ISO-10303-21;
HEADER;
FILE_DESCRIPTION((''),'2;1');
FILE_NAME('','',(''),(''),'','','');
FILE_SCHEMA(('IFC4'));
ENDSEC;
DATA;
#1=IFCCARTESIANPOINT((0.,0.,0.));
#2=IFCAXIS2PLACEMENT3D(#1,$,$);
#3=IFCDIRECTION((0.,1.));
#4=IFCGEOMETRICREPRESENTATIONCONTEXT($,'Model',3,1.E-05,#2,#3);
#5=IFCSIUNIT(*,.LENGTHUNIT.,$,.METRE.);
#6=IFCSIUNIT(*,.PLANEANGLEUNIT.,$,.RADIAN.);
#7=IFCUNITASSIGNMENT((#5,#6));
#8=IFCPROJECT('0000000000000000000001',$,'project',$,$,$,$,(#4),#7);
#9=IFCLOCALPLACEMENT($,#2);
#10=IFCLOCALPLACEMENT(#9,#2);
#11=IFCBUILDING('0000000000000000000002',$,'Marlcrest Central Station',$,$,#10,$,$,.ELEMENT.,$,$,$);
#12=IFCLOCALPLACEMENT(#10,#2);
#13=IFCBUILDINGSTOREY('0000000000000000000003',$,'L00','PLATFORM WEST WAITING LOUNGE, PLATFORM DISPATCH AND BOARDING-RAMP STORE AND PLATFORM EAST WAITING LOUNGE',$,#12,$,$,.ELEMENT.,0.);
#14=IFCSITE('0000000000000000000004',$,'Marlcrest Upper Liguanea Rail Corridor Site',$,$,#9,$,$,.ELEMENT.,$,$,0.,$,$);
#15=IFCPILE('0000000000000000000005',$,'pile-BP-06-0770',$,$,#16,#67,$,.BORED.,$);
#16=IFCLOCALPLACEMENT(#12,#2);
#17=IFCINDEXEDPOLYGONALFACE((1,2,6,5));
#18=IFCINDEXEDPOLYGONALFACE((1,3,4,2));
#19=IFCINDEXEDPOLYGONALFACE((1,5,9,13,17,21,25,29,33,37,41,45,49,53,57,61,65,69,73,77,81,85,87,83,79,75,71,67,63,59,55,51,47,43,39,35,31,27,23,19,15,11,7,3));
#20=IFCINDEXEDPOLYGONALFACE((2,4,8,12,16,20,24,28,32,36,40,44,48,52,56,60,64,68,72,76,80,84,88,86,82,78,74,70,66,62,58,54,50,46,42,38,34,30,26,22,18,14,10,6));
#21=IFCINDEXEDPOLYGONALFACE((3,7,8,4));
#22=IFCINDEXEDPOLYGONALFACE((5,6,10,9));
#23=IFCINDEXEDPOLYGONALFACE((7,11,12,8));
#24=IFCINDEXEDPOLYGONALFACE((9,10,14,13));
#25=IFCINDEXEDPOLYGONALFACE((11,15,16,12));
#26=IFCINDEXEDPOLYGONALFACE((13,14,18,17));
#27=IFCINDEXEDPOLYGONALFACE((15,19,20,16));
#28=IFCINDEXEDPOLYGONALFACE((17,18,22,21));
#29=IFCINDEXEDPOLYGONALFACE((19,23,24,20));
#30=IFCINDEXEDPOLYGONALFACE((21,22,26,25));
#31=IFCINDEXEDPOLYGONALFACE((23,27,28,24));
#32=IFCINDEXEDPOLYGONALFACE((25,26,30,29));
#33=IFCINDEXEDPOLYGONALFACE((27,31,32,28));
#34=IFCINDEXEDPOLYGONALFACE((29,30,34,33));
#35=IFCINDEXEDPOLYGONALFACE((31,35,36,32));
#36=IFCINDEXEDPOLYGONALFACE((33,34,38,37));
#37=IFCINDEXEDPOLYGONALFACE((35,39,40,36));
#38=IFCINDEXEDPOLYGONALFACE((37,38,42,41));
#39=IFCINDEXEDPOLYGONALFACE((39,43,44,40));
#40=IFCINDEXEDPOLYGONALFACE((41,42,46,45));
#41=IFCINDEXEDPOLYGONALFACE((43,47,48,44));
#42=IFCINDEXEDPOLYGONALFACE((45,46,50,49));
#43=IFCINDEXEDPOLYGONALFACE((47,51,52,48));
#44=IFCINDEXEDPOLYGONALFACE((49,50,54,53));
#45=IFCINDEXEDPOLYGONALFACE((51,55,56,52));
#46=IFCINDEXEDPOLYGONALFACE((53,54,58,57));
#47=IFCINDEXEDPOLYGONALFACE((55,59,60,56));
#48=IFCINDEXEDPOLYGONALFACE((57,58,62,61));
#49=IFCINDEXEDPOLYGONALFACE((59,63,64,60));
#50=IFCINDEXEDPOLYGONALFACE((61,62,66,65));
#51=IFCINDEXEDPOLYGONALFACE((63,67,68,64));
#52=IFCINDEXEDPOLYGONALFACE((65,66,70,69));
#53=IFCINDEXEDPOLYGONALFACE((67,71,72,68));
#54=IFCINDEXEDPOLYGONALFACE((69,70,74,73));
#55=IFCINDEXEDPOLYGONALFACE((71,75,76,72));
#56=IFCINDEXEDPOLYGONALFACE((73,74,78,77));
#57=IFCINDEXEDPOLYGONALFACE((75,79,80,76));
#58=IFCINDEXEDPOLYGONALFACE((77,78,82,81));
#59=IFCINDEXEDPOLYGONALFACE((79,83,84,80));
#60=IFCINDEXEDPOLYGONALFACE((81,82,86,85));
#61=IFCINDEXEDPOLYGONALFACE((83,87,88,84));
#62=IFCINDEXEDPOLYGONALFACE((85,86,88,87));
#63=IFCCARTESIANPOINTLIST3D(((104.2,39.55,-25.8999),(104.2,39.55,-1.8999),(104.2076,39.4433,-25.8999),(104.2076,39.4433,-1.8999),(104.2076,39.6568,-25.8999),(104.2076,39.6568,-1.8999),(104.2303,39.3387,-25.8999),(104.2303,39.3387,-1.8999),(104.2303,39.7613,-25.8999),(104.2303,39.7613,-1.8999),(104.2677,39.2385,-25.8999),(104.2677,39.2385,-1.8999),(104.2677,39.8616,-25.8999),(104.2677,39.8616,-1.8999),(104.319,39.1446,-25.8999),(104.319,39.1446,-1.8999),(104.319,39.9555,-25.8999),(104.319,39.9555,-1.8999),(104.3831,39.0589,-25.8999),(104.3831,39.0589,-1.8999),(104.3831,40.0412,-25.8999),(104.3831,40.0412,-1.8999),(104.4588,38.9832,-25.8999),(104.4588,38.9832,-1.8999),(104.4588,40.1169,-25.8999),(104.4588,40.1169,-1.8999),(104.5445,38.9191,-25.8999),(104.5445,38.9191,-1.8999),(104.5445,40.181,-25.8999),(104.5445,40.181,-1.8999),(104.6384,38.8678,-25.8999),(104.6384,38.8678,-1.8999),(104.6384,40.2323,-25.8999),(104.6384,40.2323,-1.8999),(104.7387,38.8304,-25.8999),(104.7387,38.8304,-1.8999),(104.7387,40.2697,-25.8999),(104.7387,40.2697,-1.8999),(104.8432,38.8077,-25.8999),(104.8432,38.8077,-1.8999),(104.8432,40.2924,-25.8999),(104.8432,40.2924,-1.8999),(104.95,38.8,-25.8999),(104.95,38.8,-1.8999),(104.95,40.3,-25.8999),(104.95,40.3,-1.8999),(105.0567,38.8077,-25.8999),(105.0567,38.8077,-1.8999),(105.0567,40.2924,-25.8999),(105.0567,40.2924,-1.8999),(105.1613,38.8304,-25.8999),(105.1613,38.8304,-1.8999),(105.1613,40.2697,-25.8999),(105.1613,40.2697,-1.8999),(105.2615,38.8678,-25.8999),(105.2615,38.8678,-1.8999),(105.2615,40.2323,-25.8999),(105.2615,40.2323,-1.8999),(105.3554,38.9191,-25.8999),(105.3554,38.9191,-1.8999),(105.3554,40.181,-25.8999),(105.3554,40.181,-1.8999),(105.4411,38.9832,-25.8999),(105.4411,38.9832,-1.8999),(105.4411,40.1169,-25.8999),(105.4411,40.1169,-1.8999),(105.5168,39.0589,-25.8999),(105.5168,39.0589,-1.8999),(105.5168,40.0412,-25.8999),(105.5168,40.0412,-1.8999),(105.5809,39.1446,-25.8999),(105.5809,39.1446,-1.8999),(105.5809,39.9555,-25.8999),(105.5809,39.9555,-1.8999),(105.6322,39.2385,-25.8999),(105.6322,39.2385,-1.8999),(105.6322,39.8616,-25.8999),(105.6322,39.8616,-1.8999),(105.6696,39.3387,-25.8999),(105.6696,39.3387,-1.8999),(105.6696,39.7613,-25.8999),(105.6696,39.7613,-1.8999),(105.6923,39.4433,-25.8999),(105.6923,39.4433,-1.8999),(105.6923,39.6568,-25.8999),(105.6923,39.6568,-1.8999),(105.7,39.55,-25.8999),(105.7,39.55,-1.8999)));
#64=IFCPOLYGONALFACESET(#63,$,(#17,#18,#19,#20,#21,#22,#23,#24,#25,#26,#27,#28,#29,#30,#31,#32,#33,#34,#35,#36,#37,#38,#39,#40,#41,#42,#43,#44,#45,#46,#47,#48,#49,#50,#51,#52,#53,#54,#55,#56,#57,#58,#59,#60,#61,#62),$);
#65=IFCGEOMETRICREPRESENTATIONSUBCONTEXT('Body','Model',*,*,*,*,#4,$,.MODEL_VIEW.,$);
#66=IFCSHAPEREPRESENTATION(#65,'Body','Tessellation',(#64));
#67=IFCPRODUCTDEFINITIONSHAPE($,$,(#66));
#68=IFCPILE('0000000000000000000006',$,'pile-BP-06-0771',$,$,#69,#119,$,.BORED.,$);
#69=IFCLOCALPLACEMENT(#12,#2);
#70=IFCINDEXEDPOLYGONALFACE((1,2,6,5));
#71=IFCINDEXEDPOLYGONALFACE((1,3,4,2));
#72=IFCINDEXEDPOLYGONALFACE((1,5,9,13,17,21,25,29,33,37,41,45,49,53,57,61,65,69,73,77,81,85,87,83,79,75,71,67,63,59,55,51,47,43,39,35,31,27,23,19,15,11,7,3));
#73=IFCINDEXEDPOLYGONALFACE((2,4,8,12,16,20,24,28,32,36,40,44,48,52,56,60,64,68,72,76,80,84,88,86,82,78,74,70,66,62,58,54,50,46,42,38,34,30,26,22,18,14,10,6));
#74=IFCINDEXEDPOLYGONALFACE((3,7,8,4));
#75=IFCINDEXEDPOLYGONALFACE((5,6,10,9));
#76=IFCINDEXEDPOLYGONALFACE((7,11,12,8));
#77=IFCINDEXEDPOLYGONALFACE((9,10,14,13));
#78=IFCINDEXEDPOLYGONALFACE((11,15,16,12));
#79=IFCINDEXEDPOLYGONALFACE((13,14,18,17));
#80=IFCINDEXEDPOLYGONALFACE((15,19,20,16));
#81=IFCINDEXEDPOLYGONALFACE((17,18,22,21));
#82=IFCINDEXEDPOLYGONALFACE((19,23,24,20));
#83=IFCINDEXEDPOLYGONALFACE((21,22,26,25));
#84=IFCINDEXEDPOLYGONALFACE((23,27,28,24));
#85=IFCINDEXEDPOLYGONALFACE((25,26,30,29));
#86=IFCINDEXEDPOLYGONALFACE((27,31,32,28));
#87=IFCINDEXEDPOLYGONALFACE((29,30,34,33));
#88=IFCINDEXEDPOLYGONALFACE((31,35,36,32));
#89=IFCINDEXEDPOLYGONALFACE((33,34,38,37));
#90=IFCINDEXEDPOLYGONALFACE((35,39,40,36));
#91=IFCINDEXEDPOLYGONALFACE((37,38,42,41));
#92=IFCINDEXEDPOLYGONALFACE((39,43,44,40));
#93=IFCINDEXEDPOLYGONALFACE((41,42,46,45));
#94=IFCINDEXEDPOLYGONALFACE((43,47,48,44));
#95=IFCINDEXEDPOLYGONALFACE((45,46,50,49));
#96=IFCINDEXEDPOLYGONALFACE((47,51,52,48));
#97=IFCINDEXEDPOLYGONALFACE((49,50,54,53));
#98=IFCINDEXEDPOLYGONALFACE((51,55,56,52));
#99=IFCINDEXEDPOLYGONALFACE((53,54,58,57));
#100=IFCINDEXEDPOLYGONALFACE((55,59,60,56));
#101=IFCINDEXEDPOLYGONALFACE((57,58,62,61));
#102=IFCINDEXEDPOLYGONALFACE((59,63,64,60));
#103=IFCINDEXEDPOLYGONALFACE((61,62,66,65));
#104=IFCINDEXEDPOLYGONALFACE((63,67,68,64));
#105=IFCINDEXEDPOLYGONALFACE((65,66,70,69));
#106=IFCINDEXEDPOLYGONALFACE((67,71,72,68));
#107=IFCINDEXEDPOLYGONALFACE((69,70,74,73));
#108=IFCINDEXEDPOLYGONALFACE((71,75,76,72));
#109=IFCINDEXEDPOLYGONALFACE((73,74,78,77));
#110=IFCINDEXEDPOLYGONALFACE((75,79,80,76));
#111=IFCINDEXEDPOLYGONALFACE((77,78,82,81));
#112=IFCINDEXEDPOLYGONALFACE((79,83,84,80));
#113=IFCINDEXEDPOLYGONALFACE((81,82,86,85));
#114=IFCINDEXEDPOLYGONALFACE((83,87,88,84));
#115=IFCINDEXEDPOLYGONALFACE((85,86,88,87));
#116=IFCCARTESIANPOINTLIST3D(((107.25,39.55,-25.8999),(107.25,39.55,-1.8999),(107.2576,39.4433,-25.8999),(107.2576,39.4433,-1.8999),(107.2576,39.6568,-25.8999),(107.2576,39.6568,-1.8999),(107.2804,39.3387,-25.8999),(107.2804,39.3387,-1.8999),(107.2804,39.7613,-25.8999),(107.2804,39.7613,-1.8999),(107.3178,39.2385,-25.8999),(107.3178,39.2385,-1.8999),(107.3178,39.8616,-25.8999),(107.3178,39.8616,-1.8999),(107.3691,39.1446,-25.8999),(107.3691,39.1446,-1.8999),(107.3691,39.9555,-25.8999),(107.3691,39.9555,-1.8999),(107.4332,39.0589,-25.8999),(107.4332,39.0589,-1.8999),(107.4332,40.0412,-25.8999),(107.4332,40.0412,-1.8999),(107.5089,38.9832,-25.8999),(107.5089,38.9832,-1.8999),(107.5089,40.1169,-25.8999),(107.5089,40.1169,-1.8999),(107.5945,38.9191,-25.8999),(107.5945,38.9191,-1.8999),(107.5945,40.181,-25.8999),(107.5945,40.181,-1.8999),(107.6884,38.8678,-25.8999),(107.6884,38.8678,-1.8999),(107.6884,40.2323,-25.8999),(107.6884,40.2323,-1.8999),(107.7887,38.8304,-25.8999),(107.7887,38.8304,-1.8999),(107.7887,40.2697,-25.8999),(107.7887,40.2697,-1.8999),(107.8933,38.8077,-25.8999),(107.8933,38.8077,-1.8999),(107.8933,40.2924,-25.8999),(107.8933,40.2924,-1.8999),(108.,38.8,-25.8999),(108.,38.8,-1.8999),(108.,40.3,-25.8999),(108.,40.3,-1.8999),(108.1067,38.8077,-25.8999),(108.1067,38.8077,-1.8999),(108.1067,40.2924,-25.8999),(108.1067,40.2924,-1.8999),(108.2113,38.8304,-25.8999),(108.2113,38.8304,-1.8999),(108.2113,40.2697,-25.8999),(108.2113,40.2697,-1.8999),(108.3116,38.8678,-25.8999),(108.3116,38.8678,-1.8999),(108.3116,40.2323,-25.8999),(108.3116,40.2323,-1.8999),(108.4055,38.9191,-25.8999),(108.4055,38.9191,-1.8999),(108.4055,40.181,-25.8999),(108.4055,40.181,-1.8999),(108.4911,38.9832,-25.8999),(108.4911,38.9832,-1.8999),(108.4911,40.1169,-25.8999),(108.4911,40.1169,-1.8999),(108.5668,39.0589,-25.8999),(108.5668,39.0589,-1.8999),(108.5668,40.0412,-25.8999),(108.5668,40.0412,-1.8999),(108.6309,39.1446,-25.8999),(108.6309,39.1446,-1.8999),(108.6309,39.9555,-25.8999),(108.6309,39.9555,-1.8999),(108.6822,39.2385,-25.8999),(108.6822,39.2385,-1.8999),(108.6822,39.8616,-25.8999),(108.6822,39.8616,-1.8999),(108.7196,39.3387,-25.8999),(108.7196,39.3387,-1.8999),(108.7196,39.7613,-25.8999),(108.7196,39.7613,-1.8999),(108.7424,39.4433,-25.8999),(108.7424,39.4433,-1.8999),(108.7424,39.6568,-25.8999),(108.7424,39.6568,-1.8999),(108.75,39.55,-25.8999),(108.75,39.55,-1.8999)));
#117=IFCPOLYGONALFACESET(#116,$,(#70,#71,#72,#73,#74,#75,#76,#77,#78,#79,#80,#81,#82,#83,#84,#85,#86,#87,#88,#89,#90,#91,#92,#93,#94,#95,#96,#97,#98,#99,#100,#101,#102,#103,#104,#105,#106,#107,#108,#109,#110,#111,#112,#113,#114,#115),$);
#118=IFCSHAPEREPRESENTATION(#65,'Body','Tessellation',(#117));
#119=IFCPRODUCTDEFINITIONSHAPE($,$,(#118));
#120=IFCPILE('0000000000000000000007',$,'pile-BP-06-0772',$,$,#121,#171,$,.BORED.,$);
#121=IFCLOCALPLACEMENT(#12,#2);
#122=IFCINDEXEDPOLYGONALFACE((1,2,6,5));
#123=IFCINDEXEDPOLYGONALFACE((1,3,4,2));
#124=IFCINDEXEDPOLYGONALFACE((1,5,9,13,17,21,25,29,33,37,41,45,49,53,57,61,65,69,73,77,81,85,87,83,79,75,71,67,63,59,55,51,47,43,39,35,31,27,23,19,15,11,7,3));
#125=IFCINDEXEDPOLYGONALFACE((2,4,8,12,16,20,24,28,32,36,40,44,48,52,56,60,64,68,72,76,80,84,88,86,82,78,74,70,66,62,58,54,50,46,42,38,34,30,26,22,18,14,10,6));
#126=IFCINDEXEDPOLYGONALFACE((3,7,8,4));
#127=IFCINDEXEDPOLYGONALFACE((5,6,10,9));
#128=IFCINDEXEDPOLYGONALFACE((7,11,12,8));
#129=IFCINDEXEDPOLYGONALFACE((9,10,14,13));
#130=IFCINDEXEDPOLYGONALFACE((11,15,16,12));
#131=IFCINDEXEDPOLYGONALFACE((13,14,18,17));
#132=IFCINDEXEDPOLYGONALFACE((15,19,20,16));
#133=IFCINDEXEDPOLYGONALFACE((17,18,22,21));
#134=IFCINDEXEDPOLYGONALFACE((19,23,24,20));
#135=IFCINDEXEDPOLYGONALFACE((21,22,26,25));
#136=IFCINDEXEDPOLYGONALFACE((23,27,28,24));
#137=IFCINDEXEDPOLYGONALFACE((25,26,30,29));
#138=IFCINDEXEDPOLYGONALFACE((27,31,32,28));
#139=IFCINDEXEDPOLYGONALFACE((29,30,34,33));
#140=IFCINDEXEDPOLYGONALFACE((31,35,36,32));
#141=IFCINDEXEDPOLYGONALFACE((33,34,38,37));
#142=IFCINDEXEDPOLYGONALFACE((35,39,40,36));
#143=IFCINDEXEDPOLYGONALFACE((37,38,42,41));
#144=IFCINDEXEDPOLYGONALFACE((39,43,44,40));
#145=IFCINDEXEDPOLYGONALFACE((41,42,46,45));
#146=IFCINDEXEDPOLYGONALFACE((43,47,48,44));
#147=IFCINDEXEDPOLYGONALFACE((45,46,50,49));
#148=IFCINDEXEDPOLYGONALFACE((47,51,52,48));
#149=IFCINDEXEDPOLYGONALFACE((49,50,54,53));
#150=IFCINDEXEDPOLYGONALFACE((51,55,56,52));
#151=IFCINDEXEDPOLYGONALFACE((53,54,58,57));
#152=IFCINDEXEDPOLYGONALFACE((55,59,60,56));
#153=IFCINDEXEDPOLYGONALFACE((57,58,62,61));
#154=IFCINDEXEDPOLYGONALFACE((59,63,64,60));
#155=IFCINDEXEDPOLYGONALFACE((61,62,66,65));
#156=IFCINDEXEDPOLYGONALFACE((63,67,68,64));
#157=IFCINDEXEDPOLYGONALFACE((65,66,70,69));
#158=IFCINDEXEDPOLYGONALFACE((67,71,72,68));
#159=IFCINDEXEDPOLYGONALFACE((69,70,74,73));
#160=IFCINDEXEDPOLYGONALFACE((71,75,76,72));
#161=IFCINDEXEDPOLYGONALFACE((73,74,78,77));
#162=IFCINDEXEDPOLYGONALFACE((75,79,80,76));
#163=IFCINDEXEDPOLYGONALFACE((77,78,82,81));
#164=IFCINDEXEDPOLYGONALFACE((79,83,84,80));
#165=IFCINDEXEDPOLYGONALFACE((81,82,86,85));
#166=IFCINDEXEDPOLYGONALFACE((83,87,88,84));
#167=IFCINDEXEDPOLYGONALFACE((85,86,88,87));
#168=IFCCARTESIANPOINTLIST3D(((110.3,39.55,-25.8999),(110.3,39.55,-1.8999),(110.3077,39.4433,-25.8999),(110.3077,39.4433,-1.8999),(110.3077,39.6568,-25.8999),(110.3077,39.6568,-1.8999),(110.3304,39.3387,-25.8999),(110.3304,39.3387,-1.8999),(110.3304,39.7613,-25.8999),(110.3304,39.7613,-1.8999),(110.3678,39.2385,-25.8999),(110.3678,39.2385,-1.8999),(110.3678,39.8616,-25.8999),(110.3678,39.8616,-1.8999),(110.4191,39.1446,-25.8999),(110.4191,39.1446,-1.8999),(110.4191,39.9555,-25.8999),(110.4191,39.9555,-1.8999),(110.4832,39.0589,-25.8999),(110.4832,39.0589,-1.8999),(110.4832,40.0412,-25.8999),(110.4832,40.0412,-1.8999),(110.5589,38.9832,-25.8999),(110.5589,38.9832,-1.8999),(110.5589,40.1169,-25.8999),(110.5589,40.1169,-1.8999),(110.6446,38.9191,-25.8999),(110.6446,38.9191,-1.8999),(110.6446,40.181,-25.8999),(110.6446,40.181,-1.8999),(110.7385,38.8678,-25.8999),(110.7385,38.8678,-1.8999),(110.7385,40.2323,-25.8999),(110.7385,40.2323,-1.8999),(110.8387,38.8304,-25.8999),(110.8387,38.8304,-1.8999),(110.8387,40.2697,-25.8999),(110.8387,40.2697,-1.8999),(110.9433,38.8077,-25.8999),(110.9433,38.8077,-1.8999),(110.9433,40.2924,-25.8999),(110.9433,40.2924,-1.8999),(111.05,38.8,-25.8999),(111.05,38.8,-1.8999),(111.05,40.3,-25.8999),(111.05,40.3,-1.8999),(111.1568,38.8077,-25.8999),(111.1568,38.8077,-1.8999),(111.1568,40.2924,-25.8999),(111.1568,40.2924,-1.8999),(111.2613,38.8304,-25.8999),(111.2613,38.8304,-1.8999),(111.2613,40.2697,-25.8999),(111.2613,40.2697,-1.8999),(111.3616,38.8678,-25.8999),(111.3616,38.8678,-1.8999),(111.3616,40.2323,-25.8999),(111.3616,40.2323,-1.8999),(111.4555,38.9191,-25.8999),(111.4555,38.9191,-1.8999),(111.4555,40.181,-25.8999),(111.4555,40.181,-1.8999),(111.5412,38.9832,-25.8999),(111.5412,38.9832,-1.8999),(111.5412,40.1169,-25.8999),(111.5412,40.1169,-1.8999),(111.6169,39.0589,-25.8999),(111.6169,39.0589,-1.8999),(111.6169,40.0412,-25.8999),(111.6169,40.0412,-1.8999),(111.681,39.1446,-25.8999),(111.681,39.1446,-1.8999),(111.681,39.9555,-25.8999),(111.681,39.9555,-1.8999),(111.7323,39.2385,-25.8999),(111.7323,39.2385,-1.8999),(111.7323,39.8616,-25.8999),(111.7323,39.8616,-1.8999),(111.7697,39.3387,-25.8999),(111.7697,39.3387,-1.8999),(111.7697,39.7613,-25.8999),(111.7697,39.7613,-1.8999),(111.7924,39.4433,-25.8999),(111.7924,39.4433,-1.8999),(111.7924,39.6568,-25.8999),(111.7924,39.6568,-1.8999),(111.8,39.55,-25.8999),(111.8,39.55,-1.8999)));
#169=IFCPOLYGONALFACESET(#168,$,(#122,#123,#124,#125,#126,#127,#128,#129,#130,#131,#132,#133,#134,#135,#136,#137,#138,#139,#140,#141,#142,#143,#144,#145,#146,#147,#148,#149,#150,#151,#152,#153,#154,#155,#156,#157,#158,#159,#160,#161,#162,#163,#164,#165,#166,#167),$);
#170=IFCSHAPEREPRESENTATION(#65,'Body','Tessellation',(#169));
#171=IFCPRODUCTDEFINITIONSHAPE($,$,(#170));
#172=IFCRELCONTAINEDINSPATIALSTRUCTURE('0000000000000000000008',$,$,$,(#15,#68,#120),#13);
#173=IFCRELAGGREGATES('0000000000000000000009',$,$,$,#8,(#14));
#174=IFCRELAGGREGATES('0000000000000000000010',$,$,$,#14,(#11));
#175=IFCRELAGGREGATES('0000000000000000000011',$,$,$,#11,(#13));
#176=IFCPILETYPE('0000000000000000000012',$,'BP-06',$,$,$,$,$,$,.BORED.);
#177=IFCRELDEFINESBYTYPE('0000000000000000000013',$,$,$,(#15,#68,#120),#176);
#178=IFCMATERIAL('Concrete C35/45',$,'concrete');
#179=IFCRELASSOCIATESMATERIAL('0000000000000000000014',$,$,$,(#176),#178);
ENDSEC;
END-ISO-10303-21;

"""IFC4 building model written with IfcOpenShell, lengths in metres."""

from ifc_helpers import new_model, si_unit, direction, frame, origin, origin_2d, place, context, subcontext, project, spatial, circle, extrude, material, material_profile, profile_set, type_object, element, save


model = new_model("IFC4")

# Units and contexts
model_context = context("Model", 3, precision=1e-05, world=origin(), true_north=direction((0.0, 1.0)))
body_context = subcontext(model_context, "Body", "Model", "MODEL_VIEW")
ifc_project = project(units=[si_unit("LENGTHUNIT", "METRE"), si_unit("PLANEANGLEUNIT", "RADIAN")], contexts=[model_context])

# Site, building, storey
site_placement = place(None, origin())
site = spatial("IfcSite", under=ifc_project, at=site_placement, Name="Marlcrest Upper Liguanea Rail Corridor Site", CompositionType="ELEMENT", RefElevation=0.0)
building_placement = place(site_placement, origin())
building = spatial("IfcBuilding", under=site, at=building_placement, Name="Marlcrest Central Station", CompositionType="ELEMENT")
storey_placement = place(building_placement, origin())
storey = spatial("IfcBuildingStorey", under=building, at=storey_placement, Name="L00", Description="PLATFORM WEST WAITING LOUNGE, PLATFORM DISPATCH AND BOARDING-RAMP STORE AND PLATFORM EAST WAITING LOUNGE", CompositionType="ELEMENT", Elevation=0.0)

# Piles
ifc_material_1 = material(Name="Concrete C35/45", Category="concrete")
ifc_material_profile_1 = material_profile(ifc_material_1, circle(Radius=0.75, at=origin_2d()), Name="PILE D1500")
ifc_profile_set_1 = profile_set([ifc_material_profile_1], Name="Concrete C35/45")
pile_type_1 = type_object("IfcPileType", Name="BP-06", PredefinedType="BORED", material=ifc_profile_set_1)
for number, where, z_axis, x_axis, name in (
    (1, (104.95, 39.55, -1.8999), (0.0, 0.0, -1.0), (1.0, 0.0, 0.0), "pile-BP-06-0770"),
    (2, (108.0, 39.55, -1.8999), (0.0, 0.0, -1.0), (1.0, 0.0, 0.0), "pile-BP-06-0771"),
    (3, (111.05, 39.55, -1.8999), (0.0, 0.0, -1.0), (1.0, 0.0, 0.0), "pile-BP-06-0772"),
):
    element("IfcPile", number, at=place(storey_placement, frame(where, z_axis=z_axis, x_axis=x_axis)), inside=storey, type_object=pile_type_1, Name=name, PredefinedType="BORED", context=body_context, shape_type="SweptSolid", body=[
        extrude(circle(Radius=0.75, at=origin_2d()), origin(), (0.0, 0.0, 1.0), 24.0),
    ])

save(model, "model.ifc")
